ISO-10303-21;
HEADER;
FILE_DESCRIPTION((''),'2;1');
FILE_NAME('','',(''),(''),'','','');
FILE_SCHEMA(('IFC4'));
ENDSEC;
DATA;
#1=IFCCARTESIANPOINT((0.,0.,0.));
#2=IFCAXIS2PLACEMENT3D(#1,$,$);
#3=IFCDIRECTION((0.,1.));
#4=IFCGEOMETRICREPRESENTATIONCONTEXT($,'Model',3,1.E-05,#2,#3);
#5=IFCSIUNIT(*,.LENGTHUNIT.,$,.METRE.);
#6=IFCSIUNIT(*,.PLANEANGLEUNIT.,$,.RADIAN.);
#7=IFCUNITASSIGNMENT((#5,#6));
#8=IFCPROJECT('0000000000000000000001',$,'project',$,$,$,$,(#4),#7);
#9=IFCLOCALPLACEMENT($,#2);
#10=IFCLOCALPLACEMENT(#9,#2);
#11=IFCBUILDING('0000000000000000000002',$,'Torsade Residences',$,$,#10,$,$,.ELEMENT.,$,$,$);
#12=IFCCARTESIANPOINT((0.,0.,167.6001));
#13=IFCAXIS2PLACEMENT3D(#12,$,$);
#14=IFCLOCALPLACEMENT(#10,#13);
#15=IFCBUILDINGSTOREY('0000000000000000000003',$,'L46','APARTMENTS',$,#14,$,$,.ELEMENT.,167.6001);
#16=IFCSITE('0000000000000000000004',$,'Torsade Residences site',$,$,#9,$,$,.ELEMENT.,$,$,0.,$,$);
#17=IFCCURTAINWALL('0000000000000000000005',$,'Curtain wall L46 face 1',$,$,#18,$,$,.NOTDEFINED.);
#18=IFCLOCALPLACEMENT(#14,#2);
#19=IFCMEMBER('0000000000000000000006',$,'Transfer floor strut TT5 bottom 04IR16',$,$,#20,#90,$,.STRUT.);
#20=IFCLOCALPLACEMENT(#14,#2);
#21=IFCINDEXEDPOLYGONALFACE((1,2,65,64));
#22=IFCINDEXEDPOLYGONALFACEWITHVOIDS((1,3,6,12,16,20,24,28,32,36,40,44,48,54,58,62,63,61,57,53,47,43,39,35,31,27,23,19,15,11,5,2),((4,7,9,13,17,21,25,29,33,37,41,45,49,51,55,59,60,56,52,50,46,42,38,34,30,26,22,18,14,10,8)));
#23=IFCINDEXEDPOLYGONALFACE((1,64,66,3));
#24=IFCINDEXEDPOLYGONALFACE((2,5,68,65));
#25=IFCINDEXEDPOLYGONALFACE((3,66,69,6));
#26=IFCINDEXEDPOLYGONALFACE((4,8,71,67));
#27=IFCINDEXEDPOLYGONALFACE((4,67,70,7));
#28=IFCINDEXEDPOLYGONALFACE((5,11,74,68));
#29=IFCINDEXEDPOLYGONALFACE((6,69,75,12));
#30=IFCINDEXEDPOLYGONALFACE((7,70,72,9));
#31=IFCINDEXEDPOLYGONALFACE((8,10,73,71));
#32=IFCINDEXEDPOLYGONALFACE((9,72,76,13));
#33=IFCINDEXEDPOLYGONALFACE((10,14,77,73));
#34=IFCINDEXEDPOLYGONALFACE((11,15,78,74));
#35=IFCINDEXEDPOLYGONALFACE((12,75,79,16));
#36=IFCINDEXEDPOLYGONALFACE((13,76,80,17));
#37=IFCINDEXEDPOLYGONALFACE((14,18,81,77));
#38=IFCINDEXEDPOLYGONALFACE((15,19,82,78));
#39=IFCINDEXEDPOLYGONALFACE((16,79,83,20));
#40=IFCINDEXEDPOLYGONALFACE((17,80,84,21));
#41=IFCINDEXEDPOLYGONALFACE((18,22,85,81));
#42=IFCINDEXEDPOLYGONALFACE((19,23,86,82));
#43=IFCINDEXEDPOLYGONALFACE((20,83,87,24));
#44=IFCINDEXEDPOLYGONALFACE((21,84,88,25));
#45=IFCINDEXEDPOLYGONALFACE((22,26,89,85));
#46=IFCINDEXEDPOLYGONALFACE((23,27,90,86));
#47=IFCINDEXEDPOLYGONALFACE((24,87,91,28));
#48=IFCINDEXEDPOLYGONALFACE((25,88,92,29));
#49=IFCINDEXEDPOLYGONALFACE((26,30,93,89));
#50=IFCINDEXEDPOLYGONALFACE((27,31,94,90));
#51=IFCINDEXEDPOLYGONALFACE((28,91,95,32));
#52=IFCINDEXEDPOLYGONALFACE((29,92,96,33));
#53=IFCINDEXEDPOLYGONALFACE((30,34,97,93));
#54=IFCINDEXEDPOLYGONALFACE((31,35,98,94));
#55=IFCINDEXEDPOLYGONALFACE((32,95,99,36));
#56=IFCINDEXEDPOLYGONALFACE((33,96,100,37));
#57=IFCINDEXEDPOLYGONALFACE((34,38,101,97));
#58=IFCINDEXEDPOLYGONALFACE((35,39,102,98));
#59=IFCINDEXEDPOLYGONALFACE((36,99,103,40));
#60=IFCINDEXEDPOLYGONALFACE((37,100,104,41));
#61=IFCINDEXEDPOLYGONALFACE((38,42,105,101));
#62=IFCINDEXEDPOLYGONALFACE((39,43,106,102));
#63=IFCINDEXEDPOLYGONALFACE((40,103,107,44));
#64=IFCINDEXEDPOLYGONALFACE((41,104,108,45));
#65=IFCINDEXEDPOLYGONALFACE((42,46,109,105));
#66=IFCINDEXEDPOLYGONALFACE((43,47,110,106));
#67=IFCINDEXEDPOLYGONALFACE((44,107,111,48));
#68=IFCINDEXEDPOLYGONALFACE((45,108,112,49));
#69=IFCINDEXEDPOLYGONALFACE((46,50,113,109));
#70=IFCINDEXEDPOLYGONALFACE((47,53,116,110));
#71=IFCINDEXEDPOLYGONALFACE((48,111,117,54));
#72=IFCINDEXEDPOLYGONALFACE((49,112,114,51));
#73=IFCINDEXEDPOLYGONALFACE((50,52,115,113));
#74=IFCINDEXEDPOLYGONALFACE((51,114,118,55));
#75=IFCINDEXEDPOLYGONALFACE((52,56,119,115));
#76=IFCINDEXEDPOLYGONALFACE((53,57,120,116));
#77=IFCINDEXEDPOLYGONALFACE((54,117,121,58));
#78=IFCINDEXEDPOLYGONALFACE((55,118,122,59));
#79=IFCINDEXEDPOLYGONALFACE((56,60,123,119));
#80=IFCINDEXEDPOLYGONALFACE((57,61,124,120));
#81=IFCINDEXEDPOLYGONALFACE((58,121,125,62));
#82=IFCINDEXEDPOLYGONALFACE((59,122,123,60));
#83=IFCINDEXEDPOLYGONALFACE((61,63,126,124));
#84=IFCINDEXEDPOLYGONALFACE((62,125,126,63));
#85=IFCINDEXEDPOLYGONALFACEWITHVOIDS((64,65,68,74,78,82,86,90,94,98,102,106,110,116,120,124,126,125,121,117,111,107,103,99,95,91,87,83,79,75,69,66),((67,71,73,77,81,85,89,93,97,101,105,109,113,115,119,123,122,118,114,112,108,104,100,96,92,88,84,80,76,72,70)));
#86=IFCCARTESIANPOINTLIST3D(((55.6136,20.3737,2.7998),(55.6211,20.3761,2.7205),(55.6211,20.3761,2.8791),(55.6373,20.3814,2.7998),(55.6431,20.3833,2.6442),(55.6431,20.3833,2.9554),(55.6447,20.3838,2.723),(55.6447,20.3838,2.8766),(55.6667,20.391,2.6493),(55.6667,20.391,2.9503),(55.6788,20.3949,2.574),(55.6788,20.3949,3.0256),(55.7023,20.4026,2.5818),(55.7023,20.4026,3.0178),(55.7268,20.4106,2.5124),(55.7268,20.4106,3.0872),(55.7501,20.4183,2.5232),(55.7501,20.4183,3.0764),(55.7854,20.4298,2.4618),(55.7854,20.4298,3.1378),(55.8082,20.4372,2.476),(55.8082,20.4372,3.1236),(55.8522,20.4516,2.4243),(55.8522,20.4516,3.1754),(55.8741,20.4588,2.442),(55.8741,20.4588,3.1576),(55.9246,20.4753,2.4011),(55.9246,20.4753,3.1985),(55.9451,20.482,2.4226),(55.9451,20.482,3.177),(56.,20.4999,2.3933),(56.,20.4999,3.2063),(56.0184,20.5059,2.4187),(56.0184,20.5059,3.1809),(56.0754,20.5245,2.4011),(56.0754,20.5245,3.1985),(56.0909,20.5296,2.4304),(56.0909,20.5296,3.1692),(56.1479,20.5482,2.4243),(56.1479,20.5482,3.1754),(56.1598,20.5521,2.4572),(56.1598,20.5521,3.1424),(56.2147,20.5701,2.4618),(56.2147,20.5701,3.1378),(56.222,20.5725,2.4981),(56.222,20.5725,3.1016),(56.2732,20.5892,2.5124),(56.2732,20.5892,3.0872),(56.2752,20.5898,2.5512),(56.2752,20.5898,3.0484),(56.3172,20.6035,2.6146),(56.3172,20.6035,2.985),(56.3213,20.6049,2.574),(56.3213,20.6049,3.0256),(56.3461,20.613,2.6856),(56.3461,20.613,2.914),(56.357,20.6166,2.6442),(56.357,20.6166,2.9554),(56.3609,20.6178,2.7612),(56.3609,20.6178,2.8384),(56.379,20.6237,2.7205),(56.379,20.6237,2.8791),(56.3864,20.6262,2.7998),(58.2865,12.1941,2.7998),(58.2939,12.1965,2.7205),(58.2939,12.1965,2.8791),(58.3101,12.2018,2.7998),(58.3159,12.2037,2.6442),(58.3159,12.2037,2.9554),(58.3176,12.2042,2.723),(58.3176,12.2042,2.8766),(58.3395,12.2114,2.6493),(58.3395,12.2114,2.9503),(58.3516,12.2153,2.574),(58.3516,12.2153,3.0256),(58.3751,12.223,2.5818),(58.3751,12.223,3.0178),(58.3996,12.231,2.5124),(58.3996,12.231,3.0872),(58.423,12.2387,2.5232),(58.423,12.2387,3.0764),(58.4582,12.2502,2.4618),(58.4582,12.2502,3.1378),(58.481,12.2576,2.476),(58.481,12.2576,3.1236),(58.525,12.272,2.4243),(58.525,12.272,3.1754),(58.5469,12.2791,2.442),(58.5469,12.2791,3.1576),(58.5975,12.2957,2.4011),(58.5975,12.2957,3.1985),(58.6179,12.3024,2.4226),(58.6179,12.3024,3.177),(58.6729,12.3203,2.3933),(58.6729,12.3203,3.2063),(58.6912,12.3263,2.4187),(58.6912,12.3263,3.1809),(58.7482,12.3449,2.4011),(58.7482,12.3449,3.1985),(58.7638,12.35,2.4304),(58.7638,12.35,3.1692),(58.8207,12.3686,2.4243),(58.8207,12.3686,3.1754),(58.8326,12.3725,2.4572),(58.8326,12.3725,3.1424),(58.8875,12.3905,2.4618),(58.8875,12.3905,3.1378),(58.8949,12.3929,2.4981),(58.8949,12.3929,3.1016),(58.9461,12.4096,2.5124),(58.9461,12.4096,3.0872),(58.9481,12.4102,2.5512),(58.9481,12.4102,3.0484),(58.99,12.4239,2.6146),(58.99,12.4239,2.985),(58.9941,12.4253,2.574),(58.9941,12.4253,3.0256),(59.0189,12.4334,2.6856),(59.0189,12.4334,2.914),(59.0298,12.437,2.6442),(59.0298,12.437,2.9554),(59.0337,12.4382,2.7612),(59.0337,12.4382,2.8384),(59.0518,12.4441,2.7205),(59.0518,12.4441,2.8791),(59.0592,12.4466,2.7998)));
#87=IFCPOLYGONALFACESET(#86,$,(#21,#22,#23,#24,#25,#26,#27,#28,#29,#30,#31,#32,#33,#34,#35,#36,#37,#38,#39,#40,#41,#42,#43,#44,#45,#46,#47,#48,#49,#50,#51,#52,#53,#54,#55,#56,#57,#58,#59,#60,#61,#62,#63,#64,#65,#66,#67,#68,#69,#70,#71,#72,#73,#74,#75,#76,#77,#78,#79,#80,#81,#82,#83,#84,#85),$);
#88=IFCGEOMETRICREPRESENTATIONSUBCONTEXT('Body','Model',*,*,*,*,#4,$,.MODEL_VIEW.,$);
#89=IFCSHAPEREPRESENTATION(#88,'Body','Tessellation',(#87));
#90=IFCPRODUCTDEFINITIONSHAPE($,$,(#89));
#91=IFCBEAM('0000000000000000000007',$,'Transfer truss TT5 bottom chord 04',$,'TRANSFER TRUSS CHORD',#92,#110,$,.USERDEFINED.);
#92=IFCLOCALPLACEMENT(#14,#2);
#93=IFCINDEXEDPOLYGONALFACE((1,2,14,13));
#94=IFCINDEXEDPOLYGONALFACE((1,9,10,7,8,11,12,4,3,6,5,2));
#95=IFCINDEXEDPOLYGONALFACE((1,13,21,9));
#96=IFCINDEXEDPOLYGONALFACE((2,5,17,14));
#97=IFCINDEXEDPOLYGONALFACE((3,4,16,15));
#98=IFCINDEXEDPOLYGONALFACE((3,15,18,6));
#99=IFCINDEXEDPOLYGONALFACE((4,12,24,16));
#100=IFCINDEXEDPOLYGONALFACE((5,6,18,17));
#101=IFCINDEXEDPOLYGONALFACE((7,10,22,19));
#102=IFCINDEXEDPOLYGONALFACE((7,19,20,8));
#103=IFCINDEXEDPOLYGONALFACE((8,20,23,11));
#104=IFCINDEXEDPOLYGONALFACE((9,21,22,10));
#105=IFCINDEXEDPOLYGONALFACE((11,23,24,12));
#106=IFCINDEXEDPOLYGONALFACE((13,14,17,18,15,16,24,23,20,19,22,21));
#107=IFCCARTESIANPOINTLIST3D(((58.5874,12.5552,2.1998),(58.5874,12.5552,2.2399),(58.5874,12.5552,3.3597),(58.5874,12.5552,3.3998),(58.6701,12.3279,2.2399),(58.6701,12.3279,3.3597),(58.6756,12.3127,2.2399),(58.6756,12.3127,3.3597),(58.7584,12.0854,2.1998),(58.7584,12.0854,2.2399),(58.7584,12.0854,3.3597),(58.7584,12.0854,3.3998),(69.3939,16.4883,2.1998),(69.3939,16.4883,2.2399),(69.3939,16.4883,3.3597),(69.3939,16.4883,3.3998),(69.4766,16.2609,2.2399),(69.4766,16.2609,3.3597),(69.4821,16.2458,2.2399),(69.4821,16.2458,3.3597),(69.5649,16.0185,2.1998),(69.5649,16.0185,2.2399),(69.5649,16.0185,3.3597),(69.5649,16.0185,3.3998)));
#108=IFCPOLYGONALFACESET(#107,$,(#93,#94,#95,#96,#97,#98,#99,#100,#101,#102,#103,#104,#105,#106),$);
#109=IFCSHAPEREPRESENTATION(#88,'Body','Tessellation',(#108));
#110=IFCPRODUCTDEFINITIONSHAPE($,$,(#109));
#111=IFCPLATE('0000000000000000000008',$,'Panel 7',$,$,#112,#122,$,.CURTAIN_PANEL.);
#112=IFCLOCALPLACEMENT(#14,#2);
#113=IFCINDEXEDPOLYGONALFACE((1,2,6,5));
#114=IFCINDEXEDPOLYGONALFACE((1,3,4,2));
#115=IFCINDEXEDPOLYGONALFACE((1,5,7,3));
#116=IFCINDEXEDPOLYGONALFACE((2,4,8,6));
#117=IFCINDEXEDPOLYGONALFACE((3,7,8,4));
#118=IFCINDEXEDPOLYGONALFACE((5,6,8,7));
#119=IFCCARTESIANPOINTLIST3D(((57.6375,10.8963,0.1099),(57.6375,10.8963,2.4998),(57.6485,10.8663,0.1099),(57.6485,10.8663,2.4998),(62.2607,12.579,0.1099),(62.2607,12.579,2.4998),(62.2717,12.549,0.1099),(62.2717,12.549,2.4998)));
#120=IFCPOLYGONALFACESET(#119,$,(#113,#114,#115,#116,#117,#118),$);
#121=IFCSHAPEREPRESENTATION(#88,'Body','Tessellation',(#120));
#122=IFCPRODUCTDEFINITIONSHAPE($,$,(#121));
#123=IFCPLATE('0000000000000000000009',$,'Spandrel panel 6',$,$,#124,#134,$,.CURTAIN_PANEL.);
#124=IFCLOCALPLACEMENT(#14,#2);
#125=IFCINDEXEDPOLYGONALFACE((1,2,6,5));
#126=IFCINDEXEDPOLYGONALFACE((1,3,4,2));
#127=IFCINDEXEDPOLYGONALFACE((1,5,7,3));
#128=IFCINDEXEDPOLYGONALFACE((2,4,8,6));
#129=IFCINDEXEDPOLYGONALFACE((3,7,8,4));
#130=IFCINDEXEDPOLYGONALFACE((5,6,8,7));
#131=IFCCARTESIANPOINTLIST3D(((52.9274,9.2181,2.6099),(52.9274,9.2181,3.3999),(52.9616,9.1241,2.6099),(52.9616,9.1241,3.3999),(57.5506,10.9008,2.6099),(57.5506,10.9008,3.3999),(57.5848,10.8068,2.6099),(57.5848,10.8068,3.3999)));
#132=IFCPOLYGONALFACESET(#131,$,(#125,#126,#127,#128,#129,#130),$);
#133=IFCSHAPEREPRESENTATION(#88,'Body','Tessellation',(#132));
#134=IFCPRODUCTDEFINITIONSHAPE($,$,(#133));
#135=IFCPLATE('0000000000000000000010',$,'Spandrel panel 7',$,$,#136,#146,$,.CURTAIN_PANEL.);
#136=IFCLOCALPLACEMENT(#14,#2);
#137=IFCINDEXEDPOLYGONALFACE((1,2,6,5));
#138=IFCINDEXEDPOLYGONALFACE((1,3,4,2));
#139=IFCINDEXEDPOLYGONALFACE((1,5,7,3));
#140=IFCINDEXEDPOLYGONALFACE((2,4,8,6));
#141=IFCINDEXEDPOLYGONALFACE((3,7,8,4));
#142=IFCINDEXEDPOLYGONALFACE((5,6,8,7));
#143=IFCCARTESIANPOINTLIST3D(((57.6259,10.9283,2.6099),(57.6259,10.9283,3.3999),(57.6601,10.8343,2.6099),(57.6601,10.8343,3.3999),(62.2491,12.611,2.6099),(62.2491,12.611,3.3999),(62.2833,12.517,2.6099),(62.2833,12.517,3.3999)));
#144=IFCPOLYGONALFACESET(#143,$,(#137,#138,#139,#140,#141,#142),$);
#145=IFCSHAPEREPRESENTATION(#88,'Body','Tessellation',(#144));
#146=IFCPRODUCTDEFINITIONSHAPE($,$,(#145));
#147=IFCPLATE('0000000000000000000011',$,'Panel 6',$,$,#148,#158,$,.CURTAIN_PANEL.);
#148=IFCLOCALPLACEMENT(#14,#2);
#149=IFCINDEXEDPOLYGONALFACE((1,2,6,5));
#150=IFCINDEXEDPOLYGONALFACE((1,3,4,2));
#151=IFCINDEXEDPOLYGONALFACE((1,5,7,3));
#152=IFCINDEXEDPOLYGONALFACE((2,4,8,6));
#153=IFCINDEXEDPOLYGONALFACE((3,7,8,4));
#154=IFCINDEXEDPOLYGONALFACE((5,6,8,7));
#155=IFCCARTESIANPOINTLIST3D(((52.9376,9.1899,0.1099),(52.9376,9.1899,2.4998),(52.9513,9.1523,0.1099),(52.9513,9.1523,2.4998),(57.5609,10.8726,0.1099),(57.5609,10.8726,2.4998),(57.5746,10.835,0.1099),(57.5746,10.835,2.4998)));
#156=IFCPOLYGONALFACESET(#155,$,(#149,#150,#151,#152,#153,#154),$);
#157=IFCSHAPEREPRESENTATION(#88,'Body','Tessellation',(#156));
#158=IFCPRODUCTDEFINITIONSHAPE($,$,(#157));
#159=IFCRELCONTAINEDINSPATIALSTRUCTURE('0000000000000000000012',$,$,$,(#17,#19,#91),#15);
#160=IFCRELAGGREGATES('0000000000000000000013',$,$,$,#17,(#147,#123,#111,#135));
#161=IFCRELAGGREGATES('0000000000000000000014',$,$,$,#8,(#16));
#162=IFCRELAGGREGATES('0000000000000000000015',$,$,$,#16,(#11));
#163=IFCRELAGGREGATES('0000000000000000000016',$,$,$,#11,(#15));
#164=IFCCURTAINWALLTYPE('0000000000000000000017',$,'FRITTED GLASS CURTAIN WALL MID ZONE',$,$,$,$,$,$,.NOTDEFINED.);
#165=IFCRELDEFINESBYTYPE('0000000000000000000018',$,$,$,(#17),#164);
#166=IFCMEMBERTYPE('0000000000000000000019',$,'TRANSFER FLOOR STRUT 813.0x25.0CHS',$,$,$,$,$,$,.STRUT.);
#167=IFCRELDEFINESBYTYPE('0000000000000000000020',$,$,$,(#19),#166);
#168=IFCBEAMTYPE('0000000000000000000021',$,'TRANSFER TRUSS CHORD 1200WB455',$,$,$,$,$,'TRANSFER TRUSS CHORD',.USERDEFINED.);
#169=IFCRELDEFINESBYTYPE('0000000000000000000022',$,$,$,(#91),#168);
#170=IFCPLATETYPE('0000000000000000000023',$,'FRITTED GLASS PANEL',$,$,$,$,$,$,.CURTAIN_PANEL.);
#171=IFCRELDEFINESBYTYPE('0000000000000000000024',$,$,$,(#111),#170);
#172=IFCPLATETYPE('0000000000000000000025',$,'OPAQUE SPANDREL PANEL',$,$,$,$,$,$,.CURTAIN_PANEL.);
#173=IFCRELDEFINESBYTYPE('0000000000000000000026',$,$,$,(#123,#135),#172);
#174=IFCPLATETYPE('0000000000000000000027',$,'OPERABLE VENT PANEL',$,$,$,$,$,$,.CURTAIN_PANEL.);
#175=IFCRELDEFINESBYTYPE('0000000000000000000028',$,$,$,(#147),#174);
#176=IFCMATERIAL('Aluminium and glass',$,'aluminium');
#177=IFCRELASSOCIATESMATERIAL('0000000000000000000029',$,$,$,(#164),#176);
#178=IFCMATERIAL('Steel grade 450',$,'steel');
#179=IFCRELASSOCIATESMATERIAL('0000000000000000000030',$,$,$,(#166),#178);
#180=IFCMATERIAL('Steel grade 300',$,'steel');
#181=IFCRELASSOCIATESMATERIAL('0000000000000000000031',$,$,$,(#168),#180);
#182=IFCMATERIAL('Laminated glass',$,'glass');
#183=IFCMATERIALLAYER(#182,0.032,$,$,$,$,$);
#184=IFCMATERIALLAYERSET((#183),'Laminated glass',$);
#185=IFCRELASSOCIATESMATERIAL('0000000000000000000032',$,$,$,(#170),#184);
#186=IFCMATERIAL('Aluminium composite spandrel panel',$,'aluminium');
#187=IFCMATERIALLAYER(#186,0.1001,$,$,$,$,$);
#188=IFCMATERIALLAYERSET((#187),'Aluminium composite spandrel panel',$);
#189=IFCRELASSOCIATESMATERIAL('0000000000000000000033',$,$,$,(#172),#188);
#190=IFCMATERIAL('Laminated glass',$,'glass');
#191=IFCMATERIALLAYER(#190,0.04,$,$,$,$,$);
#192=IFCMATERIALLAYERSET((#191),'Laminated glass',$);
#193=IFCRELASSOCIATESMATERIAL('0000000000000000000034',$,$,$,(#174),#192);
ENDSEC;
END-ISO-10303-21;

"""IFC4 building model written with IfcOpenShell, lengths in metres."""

from ifc_helpers import new_model, si_unit, direction, frame, origin, origin_2d, place, context, subcontext, project, spatial, rectangle, hollow_circle, i_section, extrude, material, layer, layer_set, material_profile, profile_set, type_object, element, aggregate, save


model = new_model("IFC4")

# Units and contexts
model_context = context("Model", 3, precision=1e-05, world=origin(), true_north=direction((0.0, 1.0)))
body_context = subcontext(model_context, "Body", "Model", "MODEL_VIEW")
ifc_project = project(units=[si_unit("LENGTHUNIT", "METRE"), si_unit("PLANEANGLEUNIT", "RADIAN")], contexts=[model_context])

# Site, building, storey
site_placement = place(None, origin())
site = spatial("IfcSite", under=ifc_project, at=site_placement, Name="Torsade Residences site", CompositionType="ELEMENT", RefElevation=0.0)
building_placement = place(site_placement, origin())
building = spatial("IfcBuilding", under=site, at=building_placement, Name="Torsade Residences", CompositionType="ELEMENT")
storey_placement = place(building_placement, frame((0.0, 0.0, 167.6001)))
storey = spatial("IfcBuildingStorey", under=building, at=storey_placement, Name="L46", Description="APARTMENTS", CompositionType="ELEMENT", Elevation=167.6001)

# Curtain wall
ifc_material_1 = material(Name="Aluminium and glass", Category="aluminium")
curtain_wall_type = type_object("IfcCurtainWallType", Name="FRITTED GLASS CURTAIN WALL MID ZONE", PredefinedType="NOTDEFINED", material=ifc_material_1)
curtain_wall_placement = place(storey_placement, origin())
curtain_wall = element("IfcCurtainWall", 1, at=curtain_wall_placement, inside=storey, type_object=curtain_wall_type, Name="Curtain wall L46 face 1", PredefinedType="NOTDEFINED")

# Member
ifc_material_2 = material(Name="Steel grade 450", Category="steel")
ifc_material_profile_1 = material_profile(ifc_material_2, hollow_circle(Radius=0.4065, WallThickness=0.0249, at=origin_2d()), Name="813.0x25.0CHS")
ifc_profile_set_1 = profile_set([ifc_material_profile_1], Name="Steel grade 450")
member_type_1 = type_object("IfcMemberType", Name="TRANSFER FLOOR STRUT 813.0x25.0CHS", PredefinedType="STRUT", material=ifc_profile_set_1)
member_1_placement = place(storey_placement, frame((58.6729, 12.3203, 2.7998), z_axis=(-0.310605, 0.950539, 0.0), x_axis=(-0.950539, -0.310605, 0.0)))
element("IfcMember", 2, at=member_1_placement, inside=storey, type_object=member_type_1, Name="Transfer floor strut TT5 bottom 04IR16", PredefinedType="STRUT", context=body_context, shape_type="SweptSolid", body=[
    extrude(hollow_circle(Radius=0.4065, WallThickness=0.0249, at=origin_2d()), origin(), (0.0, 0.0, 1.0), 8.6052),
])

# Beam
ifc_material_3 = material(Name="Steel grade 300", Category="steel")
ifc_material_profile_2 = material_profile(ifc_material_3, i_section(OverallWidth=0.5, OverallDepth=1.2, WebThickness=0.0161, FlangeThickness=0.04, at=origin_2d()), Name="1200WB455")
ifc_profile_set_2 = profile_set([ifc_material_profile_2], Name="Steel grade 300")
beam_type_1 = type_object("IfcBeamType", Name="TRANSFER TRUSS CHORD 1200WB455", ElementType="TRANSFER TRUSS CHORD", PredefinedType="USERDEFINED", material=ifc_profile_set_2)
beam_1_placement = place(storey_placement, frame((58.6729, 12.3203, 2.7998), z_axis=(0.939698, 0.342006, 0.0), x_axis=(-0.342006, 0.939698, 0.0)))
element("IfcBeam", 3, at=beam_1_placement, inside=storey, type_object=beam_type_1, Name="Transfer truss TT5 bottom chord 04", ObjectType="TRANSFER TRUSS CHORD", PredefinedType="USERDEFINED", context=body_context, shape_type="SweptSolid", body=[
    extrude(i_section(OverallWidth=0.5, OverallDepth=1.2, WebThickness=0.0161, FlangeThickness=0.04, at=origin_2d()), origin(), (0.0, 0.0, 1.0), 11.5),
])

# Plates
ifc_material_4 = material(Name="Laminated glass", Category="glass")
ifc_layer_1 = layer(ifc_material_4, 0.032)
ifc_layer_set_1 = layer_set([ifc_layer_1], Name="Laminated glass")
plate_type_1 = type_object("IfcPlateType", Name="FRITTED GLASS PANEL", PredefinedType="CURTAIN_PANEL", material=ifc_layer_set_1)
plate_1_placement = place(storey_placement, frame((59.9546, 11.7227, 0.1099), z_axis=(0.0, 0.0, 1.0), x_axis=(0.939693, 0.34202, 0.0)))
plate_1 = element("IfcPlate", 4, at=plate_1_placement, type_object=plate_type_1, Name="Panel 7", PredefinedType="CURTAIN_PANEL", context=body_context, shape_type="SweptSolid", body=[
    extrude(rectangle(XDim=4.9199, YDim=0.032, at=origin_2d()), origin(), (0.0, 0.0, 1.0), 2.3899),
])
ifc_material_5 = material(Name="Aluminium composite spandrel panel", Category="aluminium")
ifc_layer_2 = layer(ifc_material_5, 0.1001)
ifc_layer_set_2 = layer_set([ifc_layer_2], Name="Aluminium composite spandrel panel")
plate_type_2 = type_object("IfcPlateType", Name="OPAQUE SPANDREL PANEL", PredefinedType="CURTAIN_PANEL", material=ifc_layer_set_2)
plate_2_placement = place(storey_placement, frame((55.2561, 10.0125, 2.6099), z_axis=(0.0, 0.0, 1.0), x_axis=(0.939693, 0.34202, 0.0)))
plate_2 = element("IfcPlate", 5, at=plate_2_placement, type_object=plate_type_2, Name="Spandrel panel 6", PredefinedType="CURTAIN_PANEL", context=body_context, shape_type="SweptSolid", body=[
    extrude(rectangle(XDim=4.9199, YDim=0.1001, at=origin_2d()), origin(), (0.0, 0.0, 1.0), 0.79),
])
plate_3_placement = place(storey_placement, frame((59.9546, 11.7227, 2.6099), z_axis=(0.0, 0.0, 1.0), x_axis=(0.939693, 0.34202, 0.0)))
plate_3 = element("IfcPlate", 6, at=plate_3_placement, type_object=plate_type_2, Name="Spandrel panel 7", PredefinedType="CURTAIN_PANEL", context=body_context, shape_type="SweptSolid", body=[
    extrude(rectangle(XDim=4.9199, YDim=0.1001, at=origin_2d()), origin(), (0.0, 0.0, 1.0), 0.79),
])
ifc_material_6 = material(Name="Laminated glass", Category="glass")
ifc_layer_3 = layer(ifc_material_6, 0.04)
ifc_layer_set_3 = layer_set([ifc_layer_3], Name="Laminated glass")
plate_type_3 = type_object("IfcPlateType", Name="OPERABLE VENT PANEL", PredefinedType="CURTAIN_PANEL", material=ifc_layer_set_3)
plate_4_placement = place(storey_placement, frame((55.2561, 10.0125, 0.1099), z_axis=(0.0, 0.0, 1.0), x_axis=(0.939693, 0.34202, 0.0)))
plate_4 = element("IfcPlate", 7, at=plate_4_placement, type_object=plate_type_3, Name="Panel 6", PredefinedType="CURTAIN_PANEL", context=body_context, shape_type="SweptSolid", body=[
    extrude(rectangle(XDim=4.9199, YDim=0.04, at=origin_2d()), origin(), (0.0, 0.0, 1.0), 2.3899),
])
aggregate(curtain_wall, [plate_4, plate_2, plate_1, plate_3])

save(model, "model.ifc")
